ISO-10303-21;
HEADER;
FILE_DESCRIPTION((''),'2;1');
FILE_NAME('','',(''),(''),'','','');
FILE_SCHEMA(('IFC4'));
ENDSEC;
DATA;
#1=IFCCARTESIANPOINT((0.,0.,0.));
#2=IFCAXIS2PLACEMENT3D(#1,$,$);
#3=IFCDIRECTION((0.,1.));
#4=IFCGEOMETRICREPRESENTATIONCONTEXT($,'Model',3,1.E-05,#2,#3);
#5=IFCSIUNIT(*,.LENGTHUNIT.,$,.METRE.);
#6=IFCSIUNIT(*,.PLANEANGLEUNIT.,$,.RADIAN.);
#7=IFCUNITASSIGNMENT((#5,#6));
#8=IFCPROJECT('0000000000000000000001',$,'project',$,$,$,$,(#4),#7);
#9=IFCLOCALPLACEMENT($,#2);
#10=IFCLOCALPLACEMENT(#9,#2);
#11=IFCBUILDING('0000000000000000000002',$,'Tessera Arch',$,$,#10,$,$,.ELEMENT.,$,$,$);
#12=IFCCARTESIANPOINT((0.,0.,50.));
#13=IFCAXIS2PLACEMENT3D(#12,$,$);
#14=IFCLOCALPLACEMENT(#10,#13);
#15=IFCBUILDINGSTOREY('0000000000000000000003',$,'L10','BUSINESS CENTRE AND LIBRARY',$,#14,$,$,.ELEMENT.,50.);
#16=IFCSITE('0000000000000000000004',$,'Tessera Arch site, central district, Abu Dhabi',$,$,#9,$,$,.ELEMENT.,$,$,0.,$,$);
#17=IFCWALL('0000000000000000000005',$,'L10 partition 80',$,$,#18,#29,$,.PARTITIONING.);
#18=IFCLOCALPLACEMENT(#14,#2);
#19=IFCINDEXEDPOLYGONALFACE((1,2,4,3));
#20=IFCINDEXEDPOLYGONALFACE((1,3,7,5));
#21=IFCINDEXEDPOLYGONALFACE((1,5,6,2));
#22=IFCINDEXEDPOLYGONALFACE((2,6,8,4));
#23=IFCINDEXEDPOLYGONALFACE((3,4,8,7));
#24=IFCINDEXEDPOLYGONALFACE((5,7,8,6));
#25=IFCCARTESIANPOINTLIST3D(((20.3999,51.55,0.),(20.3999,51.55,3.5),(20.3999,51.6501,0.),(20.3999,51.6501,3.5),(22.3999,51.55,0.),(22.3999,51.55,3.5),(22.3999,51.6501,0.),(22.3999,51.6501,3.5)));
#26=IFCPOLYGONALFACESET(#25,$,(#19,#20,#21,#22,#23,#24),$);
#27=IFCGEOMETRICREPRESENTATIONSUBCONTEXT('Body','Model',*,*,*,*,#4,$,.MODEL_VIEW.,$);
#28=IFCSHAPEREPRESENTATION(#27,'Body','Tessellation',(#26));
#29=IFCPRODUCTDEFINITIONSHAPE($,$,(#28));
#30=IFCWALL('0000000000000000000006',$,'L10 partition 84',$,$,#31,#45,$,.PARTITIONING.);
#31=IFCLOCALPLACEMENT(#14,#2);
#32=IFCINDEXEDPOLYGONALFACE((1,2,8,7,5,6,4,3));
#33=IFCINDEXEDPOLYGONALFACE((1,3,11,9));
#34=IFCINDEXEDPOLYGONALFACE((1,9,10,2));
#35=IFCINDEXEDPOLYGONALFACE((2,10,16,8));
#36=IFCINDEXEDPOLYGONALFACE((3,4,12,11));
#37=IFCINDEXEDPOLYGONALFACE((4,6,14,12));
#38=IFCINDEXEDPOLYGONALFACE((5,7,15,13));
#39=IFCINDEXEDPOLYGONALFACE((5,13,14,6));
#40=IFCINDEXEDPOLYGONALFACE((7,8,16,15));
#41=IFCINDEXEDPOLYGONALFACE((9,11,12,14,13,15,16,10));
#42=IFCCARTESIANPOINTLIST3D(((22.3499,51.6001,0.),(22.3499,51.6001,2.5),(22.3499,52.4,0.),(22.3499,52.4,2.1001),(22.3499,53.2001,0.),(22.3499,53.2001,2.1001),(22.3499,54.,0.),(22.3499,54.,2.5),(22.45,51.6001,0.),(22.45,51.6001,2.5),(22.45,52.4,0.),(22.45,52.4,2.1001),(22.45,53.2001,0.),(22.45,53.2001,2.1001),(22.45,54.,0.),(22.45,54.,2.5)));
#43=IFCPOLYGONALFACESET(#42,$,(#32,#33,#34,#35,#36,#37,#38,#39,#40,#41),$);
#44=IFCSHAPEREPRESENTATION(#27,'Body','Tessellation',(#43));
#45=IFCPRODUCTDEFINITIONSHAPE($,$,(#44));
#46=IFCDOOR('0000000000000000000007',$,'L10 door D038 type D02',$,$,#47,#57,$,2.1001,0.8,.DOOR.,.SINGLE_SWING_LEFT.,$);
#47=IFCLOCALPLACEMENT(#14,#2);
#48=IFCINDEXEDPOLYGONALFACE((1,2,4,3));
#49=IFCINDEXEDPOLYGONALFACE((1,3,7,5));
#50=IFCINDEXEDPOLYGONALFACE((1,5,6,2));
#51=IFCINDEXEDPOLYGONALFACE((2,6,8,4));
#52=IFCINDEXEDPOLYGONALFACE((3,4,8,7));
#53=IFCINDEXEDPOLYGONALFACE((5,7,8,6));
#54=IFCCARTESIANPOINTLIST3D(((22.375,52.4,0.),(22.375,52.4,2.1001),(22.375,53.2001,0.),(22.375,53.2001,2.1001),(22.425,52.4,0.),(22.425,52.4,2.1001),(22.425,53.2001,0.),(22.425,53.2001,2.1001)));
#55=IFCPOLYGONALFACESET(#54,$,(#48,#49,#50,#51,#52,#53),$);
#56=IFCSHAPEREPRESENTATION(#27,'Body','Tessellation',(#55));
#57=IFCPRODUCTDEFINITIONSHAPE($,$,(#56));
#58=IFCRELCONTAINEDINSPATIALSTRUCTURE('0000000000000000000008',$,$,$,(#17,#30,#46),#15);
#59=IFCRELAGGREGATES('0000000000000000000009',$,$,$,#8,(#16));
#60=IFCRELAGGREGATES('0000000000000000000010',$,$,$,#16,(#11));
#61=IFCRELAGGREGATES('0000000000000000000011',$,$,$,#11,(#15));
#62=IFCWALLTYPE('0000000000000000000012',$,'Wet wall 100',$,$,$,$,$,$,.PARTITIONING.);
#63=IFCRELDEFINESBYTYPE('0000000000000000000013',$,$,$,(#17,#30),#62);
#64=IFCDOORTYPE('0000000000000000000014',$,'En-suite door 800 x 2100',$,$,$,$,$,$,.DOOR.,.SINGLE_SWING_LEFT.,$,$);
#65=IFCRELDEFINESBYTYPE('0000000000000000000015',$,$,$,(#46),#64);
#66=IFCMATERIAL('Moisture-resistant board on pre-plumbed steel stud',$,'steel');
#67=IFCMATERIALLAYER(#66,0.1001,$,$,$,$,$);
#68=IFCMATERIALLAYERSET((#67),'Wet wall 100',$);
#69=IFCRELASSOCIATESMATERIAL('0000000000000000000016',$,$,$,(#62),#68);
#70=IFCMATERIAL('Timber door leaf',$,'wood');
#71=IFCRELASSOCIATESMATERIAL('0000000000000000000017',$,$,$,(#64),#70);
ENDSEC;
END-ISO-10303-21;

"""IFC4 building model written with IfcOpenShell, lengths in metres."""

from ifc_helpers import new_model, si_unit, direction, frame, frame_2d, origin, place, context, subcontext, project, spatial, rectangle, extrude, material, layer, layer_set, type_object, element, fill, save


model = new_model("IFC4")

# Units and contexts
model_context = context("Model", 3, precision=1e-05, world=origin(), true_north=direction((0.0, 1.0)))
body_context = subcontext(model_context, "Body", "Model", "MODEL_VIEW")
ifc_project = project(units=[si_unit("LENGTHUNIT", "METRE"), si_unit("PLANEANGLEUNIT", "RADIAN")], contexts=[model_context])

# Site, building, storey
site_placement = place(None, origin())
site = spatial("IfcSite", under=ifc_project, at=site_placement, Name="Tessera Arch site, central district, Abu Dhabi", CompositionType="ELEMENT", RefElevation=0.0)
building_placement = place(site_placement, origin())
building = spatial("IfcBuilding", under=site, at=building_placement, Name="Tessera Arch", CompositionType="ELEMENT")
storey_placement = place(building_placement, frame((0.0, 0.0, 50.0)))
storey = spatial("IfcBuildingStorey", under=building, at=storey_placement, Name="L10", Description="BUSINESS CENTRE AND LIBRARY", CompositionType="ELEMENT", Elevation=50.0)

# Wall
ifc_material_1 = material(Name="Moisture-resistant board on pre-plumbed steel stud", Category="steel")
ifc_layer_1 = layer(ifc_material_1, 0.1001)
ifc_layer_set_1 = layer_set([ifc_layer_1], Name="Wet wall 100")
wall_type_1 = type_object("IfcWallType", Name="Wet wall 100", PredefinedType="PARTITIONING", material=ifc_layer_set_1)
wall_1_placement = place(storey_placement, frame((20.3999, 51.6001, 0.0), z_axis=(0.0, 0.0, 1.0), x_axis=(1.0, 0.0, 0.0)))
element("IfcWall", 1, at=wall_1_placement, inside=storey, type_object=wall_type_1, Name="L10 partition 80", PredefinedType="PARTITIONING", context=body_context, shape_type="SweptSolid", body=[
    extrude(rectangle(XDim=2.0, YDim=0.1001, at=frame_2d((1.0, 0.0))), origin(), (0.0, 0.0, 1.0), 3.5),
])

# Wall, opening, door
wall_2_placement = place(storey_placement, frame((22.3999, 51.6001, 0.0), z_axis=(0.0, 0.0, 1.0), x_axis=(0.0, 1.0, 0.0)))
wall_2 = element("IfcWall", 2, at=wall_2_placement, inside=storey, type_object=wall_type_1, Name="L10 partition 84", PredefinedType="PARTITIONING", context=body_context, shape_type="SweptSolid", body=[
    extrude(rectangle(XDim=2.3999, YDim=0.1001, at=frame_2d((1.2, 0.0))), origin(), (0.0, 0.0, 1.0), 2.5),
])
opening_1_placement = place(wall_2_placement, frame((0.8, 0.0, 0.0)))
opening_1 = element("IfcOpeningElement", 3, at=opening_1_placement, cuts=wall_2, PredefinedType="OPENING", context=body_context, shape_type="SweptSolid", body=[
    extrude(rectangle(XDim=0.8, YDim=2.1001, at=frame_2d((0.3999, 1.05))), frame((0.0, 0.0601, 0.0), z_axis=(0.0, -1.0, 0.0), x_axis=(1.0, 0.0, 0.0)), (0.0, 0.0, 1.0), 0.1201),
])
ifc_material_2 = material(Name="Timber door leaf", Category="wood")
door_type_1 = type_object("IfcDoorType", Name="En-suite door 800 x 2100", OperationType="SINGLE_SWING_LEFT", PredefinedType="DOOR", material=ifc_material_2)
door_1_placement = place(opening_1_placement, origin())
door_1 = element("IfcDoor", 4, at=door_1_placement, inside=storey, type_object=door_type_1, Name="L10 door D038 type D02", OperationType="SINGLE_SWING_LEFT", OverallHeight=2.1001, OverallWidth=0.8, PredefinedType="DOOR", context=body_context, shape_type="SweptSolid", body=[
    extrude(rectangle(XDim=0.8, YDim=2.1001, at=frame_2d((0.3999, 1.05))), frame((0.0, 0.0249, 0.0), z_axis=(0.0, -1.0, 0.0), x_axis=(1.0, 0.0, 0.0)), (0.0, 0.0, 1.0), 0.05),
])
fill(opening_1, door_1)

save(model, "model.ifc")
